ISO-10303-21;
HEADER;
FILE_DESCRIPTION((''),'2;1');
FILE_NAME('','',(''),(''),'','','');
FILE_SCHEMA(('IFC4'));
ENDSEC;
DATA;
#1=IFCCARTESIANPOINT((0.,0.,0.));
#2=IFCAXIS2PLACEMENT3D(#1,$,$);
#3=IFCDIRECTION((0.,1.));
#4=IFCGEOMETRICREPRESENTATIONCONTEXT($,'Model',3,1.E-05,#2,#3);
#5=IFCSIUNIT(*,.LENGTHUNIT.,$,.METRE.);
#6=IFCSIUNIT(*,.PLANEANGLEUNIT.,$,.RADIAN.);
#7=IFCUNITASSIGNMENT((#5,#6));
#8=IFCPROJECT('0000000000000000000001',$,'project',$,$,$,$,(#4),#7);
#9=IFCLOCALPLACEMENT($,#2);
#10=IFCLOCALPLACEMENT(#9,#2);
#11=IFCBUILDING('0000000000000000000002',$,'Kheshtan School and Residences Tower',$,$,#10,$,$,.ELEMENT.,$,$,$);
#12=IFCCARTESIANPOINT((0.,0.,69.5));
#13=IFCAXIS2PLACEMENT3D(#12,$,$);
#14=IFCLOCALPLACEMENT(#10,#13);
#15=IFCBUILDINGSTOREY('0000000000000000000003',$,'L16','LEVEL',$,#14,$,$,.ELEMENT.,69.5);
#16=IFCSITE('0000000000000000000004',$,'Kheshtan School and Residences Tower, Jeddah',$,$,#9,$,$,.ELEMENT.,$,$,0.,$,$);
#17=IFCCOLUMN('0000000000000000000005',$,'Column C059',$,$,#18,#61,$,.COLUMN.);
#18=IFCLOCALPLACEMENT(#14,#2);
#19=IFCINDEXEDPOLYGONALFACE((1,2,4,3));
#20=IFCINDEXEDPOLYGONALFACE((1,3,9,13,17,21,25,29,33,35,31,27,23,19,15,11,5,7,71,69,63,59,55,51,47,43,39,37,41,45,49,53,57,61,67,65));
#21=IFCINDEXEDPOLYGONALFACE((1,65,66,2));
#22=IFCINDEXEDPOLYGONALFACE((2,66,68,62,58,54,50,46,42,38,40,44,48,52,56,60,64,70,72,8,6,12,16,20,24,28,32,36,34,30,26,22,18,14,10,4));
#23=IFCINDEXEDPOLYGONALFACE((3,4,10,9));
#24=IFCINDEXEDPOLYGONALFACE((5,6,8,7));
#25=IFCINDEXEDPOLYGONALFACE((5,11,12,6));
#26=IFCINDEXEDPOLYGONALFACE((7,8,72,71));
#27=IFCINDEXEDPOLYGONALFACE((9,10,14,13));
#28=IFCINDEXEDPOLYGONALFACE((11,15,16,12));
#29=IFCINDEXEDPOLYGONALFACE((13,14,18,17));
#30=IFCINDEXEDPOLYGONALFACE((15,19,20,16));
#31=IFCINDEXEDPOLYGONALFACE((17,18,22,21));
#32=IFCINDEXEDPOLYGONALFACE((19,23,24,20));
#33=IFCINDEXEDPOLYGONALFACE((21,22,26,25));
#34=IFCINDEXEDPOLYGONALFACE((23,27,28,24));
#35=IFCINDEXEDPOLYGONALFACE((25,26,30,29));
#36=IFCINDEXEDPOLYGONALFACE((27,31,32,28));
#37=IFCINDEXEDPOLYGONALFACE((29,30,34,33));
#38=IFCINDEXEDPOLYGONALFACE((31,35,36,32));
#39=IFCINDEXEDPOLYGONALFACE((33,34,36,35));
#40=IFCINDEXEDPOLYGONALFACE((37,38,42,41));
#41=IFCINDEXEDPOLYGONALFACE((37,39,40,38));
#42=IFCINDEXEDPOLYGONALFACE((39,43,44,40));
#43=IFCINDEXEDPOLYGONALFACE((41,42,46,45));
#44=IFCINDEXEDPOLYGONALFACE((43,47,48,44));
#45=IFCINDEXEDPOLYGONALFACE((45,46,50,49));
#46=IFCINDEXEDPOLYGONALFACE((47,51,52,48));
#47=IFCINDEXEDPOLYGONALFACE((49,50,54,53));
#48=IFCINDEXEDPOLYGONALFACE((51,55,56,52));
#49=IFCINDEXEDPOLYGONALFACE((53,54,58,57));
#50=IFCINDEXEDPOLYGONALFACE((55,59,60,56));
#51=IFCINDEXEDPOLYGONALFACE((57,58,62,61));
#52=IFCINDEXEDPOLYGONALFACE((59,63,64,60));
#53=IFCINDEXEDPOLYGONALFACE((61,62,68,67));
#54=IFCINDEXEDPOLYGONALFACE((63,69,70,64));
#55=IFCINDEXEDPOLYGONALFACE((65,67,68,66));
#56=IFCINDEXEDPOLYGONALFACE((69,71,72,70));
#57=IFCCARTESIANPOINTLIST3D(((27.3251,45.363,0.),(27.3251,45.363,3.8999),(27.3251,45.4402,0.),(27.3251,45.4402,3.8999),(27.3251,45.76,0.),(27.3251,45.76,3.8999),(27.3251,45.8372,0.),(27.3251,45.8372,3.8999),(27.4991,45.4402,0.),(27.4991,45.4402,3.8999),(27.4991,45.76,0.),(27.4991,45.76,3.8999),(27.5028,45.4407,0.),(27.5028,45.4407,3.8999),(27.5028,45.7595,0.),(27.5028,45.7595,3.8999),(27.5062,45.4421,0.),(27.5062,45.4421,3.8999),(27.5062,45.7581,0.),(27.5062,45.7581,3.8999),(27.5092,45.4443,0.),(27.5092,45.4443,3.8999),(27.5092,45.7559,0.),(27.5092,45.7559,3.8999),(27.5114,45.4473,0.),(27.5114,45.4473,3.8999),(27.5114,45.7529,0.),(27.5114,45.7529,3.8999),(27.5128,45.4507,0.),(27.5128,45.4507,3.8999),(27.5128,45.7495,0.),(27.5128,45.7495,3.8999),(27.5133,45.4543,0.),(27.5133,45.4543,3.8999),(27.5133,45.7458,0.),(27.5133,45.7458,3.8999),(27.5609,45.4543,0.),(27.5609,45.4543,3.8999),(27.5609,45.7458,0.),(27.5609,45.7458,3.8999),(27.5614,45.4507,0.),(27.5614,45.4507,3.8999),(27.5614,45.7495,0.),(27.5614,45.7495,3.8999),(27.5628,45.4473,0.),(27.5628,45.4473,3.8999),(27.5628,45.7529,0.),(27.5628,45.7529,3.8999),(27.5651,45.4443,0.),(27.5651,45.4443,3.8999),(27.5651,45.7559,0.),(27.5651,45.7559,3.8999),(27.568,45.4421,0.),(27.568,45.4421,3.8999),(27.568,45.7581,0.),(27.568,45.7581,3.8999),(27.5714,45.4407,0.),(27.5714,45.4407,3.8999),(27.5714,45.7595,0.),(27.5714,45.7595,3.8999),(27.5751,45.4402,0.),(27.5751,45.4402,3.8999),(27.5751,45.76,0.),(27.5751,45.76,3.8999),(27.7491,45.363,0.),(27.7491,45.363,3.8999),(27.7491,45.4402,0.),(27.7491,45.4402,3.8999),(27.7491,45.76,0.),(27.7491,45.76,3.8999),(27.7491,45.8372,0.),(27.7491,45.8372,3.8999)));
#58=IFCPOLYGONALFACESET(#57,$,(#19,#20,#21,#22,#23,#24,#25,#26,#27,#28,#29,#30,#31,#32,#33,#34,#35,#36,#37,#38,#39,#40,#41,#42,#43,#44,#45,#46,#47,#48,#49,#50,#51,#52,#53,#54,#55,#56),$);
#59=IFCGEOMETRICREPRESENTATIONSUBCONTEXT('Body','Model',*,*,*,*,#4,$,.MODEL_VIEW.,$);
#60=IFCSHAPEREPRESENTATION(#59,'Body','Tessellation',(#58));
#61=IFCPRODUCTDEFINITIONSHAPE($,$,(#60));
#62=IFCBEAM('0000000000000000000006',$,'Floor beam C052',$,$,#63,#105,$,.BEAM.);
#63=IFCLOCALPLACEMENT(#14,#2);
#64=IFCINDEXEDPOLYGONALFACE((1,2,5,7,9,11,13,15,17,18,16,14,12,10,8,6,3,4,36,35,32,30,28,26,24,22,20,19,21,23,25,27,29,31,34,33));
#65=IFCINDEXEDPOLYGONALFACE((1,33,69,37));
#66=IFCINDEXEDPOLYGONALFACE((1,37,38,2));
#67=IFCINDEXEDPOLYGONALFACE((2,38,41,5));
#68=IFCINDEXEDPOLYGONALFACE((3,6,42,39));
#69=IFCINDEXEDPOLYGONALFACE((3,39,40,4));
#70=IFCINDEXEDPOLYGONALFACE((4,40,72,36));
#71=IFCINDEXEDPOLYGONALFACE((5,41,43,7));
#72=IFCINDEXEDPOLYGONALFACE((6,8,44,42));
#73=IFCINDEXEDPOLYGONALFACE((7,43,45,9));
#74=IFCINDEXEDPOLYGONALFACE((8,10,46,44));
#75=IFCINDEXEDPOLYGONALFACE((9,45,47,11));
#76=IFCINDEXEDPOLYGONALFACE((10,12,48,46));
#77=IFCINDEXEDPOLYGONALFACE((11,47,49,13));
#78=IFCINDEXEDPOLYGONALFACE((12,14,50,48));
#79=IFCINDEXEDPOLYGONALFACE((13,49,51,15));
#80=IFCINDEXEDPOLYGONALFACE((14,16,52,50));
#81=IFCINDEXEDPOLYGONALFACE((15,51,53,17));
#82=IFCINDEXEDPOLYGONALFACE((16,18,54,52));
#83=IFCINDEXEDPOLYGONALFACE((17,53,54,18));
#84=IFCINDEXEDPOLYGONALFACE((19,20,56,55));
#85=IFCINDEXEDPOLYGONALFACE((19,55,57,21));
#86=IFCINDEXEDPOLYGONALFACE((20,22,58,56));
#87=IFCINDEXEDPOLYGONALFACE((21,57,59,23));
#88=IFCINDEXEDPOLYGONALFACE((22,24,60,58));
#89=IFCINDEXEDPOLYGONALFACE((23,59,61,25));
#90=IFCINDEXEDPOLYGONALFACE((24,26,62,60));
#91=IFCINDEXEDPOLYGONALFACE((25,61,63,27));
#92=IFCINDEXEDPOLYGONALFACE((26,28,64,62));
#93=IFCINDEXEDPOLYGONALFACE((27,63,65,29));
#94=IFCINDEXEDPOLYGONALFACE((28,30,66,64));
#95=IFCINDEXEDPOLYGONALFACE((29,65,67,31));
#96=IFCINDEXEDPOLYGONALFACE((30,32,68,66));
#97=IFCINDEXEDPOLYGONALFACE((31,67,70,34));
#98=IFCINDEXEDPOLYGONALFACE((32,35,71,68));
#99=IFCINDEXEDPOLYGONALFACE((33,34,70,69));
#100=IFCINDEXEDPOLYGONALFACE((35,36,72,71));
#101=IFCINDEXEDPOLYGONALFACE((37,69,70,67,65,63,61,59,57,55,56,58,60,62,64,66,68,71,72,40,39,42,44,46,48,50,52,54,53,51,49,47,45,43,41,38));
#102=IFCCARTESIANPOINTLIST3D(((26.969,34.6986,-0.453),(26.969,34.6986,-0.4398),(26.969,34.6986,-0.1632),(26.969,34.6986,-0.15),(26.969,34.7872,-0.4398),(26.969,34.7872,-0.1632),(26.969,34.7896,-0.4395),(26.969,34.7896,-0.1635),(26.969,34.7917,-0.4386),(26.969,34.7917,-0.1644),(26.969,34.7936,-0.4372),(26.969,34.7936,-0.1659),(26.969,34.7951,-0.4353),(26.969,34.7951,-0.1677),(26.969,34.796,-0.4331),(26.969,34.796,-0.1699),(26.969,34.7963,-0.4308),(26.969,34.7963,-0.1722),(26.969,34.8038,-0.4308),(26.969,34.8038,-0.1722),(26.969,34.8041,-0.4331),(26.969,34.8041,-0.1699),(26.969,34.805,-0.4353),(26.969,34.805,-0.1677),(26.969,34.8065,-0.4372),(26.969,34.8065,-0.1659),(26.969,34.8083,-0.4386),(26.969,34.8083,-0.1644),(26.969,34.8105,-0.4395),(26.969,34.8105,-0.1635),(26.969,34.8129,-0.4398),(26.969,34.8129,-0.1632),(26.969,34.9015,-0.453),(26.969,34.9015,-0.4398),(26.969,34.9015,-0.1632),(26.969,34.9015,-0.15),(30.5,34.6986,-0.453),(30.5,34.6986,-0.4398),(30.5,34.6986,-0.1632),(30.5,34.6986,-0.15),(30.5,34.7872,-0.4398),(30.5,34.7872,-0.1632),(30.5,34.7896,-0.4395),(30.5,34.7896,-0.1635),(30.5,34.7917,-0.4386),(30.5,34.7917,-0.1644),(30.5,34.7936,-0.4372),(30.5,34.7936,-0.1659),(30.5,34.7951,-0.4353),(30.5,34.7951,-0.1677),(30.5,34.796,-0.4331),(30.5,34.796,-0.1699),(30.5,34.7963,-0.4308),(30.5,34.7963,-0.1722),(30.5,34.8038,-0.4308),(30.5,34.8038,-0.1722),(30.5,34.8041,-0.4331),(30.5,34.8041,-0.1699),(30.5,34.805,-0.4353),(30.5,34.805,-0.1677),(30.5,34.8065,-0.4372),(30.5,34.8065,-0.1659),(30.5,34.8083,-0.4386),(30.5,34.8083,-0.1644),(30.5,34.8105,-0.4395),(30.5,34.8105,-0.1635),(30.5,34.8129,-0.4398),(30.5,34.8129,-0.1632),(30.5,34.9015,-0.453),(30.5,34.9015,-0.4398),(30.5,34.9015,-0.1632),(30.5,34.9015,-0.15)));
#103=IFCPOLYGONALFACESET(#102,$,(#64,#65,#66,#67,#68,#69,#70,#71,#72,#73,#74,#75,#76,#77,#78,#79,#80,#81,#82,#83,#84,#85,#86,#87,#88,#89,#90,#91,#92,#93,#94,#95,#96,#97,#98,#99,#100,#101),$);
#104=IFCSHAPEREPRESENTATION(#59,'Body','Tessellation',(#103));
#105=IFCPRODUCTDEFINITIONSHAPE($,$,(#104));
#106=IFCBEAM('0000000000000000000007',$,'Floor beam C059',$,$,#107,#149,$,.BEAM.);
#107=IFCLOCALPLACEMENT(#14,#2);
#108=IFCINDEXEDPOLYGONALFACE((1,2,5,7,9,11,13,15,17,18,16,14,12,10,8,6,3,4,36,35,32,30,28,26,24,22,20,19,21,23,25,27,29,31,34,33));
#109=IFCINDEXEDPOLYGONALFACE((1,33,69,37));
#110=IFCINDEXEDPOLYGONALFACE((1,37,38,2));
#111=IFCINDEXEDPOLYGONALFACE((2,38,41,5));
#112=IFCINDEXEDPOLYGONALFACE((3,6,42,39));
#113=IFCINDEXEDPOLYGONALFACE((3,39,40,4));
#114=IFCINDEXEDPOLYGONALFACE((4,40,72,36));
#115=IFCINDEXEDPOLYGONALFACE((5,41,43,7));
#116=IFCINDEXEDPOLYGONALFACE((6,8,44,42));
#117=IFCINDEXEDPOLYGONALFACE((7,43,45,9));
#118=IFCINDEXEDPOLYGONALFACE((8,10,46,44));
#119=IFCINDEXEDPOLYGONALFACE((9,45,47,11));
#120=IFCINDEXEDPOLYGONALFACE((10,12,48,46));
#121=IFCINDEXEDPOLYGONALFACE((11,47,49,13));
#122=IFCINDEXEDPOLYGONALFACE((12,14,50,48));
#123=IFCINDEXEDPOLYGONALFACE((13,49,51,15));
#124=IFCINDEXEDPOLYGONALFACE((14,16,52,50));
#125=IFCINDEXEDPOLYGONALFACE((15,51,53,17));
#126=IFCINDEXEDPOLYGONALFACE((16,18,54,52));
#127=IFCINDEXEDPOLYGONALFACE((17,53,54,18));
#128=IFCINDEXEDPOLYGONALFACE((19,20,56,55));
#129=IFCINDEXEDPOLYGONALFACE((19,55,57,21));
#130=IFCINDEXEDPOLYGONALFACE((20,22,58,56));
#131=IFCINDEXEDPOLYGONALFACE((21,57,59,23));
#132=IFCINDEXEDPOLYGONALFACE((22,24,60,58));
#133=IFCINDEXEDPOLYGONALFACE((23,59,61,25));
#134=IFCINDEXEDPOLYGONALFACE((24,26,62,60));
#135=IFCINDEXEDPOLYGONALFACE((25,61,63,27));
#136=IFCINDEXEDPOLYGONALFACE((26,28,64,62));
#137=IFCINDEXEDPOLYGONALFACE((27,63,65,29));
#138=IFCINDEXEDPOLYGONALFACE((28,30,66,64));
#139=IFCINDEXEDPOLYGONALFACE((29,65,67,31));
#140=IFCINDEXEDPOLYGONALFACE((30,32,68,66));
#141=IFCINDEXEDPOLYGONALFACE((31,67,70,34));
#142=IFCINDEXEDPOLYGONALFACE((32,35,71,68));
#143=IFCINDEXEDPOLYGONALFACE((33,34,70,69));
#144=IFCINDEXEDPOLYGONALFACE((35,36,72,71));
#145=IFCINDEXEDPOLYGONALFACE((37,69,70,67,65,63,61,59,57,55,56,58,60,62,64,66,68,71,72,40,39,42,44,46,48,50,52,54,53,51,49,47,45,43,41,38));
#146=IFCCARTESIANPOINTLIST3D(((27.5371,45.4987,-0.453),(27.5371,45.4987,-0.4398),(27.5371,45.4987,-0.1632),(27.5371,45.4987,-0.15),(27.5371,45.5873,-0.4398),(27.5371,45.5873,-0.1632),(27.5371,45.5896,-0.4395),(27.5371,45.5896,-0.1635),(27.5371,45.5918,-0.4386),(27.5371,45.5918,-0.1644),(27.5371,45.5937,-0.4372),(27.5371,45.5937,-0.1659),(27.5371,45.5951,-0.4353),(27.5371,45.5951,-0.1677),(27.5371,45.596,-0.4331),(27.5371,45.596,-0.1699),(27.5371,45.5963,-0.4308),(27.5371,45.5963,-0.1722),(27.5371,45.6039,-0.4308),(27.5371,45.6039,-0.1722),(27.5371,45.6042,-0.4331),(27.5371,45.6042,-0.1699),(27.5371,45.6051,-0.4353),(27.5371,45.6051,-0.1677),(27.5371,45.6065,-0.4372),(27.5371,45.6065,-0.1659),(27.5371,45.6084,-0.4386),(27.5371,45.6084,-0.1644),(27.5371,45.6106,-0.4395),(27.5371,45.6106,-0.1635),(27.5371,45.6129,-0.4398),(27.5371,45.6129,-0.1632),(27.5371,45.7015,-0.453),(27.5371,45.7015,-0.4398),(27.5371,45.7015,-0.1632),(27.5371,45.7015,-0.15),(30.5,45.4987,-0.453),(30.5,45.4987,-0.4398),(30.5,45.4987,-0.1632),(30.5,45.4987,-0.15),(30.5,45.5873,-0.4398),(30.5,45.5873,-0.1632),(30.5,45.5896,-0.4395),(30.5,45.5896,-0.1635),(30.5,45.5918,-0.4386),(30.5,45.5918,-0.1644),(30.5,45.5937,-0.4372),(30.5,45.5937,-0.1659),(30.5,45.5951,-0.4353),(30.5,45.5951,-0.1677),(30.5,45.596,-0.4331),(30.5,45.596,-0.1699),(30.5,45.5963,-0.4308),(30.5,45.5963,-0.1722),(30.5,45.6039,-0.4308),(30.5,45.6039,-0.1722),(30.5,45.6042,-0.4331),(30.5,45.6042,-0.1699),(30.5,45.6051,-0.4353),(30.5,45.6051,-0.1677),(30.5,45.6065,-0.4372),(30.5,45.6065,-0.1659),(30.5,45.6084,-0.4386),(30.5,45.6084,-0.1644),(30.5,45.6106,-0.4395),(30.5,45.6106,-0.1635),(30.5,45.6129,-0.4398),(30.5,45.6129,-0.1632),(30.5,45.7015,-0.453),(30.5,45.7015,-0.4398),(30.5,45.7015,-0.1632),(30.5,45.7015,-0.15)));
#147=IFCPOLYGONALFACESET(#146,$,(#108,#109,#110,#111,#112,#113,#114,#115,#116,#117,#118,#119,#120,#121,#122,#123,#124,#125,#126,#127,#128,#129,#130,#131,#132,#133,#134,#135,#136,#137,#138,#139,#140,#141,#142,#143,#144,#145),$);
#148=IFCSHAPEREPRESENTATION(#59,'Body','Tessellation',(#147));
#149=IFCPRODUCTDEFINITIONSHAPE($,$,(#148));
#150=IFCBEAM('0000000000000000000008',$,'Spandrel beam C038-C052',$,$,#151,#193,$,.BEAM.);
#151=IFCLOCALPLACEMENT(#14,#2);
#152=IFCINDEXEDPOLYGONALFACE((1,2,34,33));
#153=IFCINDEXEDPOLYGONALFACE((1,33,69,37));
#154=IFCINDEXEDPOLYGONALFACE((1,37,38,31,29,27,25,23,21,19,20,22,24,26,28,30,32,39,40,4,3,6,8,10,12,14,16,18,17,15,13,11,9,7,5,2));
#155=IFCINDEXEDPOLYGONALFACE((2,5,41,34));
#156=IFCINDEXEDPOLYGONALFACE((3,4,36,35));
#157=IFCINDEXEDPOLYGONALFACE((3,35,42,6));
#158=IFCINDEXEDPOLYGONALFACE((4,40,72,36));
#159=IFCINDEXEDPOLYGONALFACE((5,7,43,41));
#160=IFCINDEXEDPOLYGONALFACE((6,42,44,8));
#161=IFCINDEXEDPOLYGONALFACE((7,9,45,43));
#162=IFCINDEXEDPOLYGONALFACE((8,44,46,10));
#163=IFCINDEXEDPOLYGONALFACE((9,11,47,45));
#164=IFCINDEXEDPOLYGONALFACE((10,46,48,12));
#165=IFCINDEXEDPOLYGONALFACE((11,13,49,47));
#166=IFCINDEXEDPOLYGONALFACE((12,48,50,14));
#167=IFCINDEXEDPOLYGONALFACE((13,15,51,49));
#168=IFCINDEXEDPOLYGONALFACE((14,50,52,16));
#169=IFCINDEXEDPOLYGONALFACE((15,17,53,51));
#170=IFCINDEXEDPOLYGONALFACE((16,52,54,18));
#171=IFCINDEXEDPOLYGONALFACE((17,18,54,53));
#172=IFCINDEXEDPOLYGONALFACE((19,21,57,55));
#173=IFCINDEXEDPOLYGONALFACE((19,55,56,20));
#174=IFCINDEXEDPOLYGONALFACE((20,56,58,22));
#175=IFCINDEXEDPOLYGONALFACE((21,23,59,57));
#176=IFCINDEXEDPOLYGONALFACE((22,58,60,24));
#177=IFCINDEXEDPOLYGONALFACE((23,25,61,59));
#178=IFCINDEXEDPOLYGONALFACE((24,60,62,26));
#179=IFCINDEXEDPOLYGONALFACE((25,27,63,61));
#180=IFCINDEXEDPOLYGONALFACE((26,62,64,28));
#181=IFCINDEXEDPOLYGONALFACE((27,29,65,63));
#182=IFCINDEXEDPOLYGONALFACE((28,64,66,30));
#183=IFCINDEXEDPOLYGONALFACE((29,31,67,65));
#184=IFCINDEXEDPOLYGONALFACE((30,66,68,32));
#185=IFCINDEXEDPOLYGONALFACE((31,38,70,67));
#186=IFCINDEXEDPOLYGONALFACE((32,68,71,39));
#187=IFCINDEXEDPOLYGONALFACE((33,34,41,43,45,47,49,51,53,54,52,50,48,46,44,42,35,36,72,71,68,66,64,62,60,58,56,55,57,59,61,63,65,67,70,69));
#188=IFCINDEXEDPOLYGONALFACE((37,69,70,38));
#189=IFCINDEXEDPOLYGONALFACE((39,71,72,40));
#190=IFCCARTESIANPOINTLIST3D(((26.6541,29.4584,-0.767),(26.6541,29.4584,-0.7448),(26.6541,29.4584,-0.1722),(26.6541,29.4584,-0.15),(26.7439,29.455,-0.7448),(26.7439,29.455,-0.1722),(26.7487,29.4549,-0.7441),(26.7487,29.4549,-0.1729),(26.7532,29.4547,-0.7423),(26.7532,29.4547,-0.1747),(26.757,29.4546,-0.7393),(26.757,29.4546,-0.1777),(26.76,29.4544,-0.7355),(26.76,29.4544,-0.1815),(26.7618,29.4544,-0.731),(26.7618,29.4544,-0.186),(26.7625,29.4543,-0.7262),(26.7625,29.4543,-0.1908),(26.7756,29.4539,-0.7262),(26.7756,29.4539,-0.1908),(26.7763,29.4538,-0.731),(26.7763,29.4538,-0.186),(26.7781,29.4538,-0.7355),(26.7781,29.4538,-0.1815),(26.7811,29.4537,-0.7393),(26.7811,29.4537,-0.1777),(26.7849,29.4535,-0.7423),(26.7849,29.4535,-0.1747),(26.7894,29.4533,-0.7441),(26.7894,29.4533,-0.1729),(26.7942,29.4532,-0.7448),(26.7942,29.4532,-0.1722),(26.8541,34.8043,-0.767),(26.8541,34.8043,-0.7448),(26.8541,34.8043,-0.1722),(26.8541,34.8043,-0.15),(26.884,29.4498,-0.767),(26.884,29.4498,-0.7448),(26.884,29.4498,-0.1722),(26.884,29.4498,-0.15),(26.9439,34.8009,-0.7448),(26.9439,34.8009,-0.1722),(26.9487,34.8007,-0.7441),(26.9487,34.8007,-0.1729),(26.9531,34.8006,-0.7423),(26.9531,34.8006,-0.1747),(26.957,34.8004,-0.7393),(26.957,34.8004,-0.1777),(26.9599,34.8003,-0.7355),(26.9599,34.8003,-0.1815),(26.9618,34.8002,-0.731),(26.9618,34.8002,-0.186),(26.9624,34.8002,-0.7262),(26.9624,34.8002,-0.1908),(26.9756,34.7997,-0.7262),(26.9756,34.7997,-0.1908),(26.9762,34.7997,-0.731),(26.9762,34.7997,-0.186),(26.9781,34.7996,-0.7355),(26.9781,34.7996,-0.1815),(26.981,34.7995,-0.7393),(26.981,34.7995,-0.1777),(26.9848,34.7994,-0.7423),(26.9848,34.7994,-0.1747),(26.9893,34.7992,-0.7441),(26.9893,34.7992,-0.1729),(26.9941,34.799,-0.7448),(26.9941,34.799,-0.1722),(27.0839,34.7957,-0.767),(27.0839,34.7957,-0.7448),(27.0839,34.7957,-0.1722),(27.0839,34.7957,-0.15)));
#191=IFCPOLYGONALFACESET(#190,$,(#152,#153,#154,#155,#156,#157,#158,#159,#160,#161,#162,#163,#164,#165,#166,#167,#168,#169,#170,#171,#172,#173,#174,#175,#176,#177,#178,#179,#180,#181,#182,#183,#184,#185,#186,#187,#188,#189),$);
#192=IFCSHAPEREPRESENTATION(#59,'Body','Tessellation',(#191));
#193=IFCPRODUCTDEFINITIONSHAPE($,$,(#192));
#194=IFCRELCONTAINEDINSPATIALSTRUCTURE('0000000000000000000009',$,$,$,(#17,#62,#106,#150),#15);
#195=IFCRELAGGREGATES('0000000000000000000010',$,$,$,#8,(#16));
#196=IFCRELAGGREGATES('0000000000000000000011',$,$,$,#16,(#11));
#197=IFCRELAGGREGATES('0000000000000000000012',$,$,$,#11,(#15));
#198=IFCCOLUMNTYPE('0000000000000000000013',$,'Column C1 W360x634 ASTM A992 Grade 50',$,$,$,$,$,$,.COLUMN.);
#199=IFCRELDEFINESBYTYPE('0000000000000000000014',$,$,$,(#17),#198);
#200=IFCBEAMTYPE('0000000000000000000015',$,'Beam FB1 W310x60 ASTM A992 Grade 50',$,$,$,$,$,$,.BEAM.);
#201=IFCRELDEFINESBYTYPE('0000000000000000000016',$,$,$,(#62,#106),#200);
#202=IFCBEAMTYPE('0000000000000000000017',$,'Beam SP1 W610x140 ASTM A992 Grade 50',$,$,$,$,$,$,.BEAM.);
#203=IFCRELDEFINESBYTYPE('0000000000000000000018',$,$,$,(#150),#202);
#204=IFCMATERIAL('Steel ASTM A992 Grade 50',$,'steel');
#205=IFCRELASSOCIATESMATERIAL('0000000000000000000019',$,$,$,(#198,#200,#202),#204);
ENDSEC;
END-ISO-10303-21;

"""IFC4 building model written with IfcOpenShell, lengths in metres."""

from ifc_helpers import new_model, si_unit, direction, frame, origin, origin_2d, place, context, subcontext, project, spatial, i_section, extrude, material, material_profile, profile_set, type_object, element, save


model = new_model("IFC4")

# Units and contexts
model_context = context("Model", 3, precision=1e-05, world=origin(), true_north=direction((0.0, 1.0)))
body_context = subcontext(model_context, "Body", "Model", "MODEL_VIEW")
ifc_project = project(units=[si_unit("LENGTHUNIT", "METRE"), si_unit("PLANEANGLEUNIT", "RADIAN")], contexts=[model_context])

# Site, building, storey
site_placement = place(None, origin())
site = spatial("IfcSite", under=ifc_project, at=site_placement, Name="Kheshtan School and Residences Tower, Jeddah", CompositionType="ELEMENT", RefElevation=0.0)
building_placement = place(site_placement, origin())
building = spatial("IfcBuilding", under=site, at=building_placement, Name="Kheshtan School and Residences Tower", CompositionType="ELEMENT")
storey_placement = place(building_placement, frame((0.0, 0.0, 69.5)))
storey = spatial("IfcBuildingStorey", under=building, at=storey_placement, Name="L16", Description="LEVEL", CompositionType="ELEMENT", Elevation=69.5)

# Column
ifc_material_1 = material(Name="Steel ASTM A992 Grade 50", Category="steel")
ifc_material_profile_1 = material_profile(ifc_material_1, i_section(OverallWidth=0.4241, OverallDepth=0.4741, WebThickness=0.0476, FlangeThickness=0.0771, FilletRadius=0.0142, at=origin_2d()), Name="W360x634")
ifc_profile_set_1 = profile_set([ifc_material_profile_1], Name="Steel ASTM A992 Grade 50")
column_type = type_object("IfcColumnType", Name="Column C1 W360x634 ASTM A992 Grade 50", PredefinedType="COLUMN", material=ifc_profile_set_1)
for number, where, z_axis, x_axis, name in (
    (1, (27.5371, 45.6001, 0.0), (0.0, 0.0, 1.0), (1.0, 0.0, 0.0), "Column C059"),
):
    element("IfcColumn", number, at=place(storey_placement, frame(where, z_axis=z_axis, x_axis=x_axis)), inside=storey, type_object=column_type, Name=name, PredefinedType="COLUMN", context=body_context, shape_type="SweptSolid", body=[
        extrude(i_section(OverallWidth=0.4241, OverallDepth=0.4741, WebThickness=0.0476, FlangeThickness=0.0771, FilletRadius=0.0142, at=origin_2d()), origin(), (0.0, 0.0, 1.0), 3.8999),
    ])

# Beams
ifc_material_profile_2 = material_profile(ifc_material_1, i_section(OverallWidth=0.2029, OverallDepth=0.303, WebThickness=0.0076, FlangeThickness=0.0132, FilletRadius=0.009, at=origin_2d()), Name="W310x60")
ifc_profile_set_2 = profile_set([ifc_material_profile_2], Name="Steel ASTM A992 Grade 50")
beam_type_1 = type_object("IfcBeamType", Name="Beam FB1 W310x60 ASTM A992 Grade 50", PredefinedType="BEAM", material=ifc_profile_set_2)
beam_1_placement = place(storey_placement, frame((26.969, 34.8, -0.3015), z_axis=(1.0, 0.0, 0.0), x_axis=(0.0, 1.0, 0.0)))
element("IfcBeam", 2, at=beam_1_placement, inside=storey, type_object=beam_type_1, Name="Floor beam C052", PredefinedType="BEAM", context=body_context, shape_type="SweptSolid", body=[
    extrude(i_section(OverallWidth=0.2029, OverallDepth=0.303, WebThickness=0.0076, FlangeThickness=0.0132, FilletRadius=0.009, at=origin_2d()), origin(), (0.0, 0.0, 1.0), 3.531),
])
beam_2_placement = place(storey_placement, frame((27.5371, 45.6001, -0.3015), z_axis=(1.0, 0.0, 0.0), x_axis=(0.0, 1.0, 0.0)))
element("IfcBeam", 3, at=beam_2_placement, inside=storey, type_object=beam_type_1, Name="Floor beam C059", PredefinedType="BEAM", context=body_context, shape_type="SweptSolid", body=[
    extrude(i_section(OverallWidth=0.2029, OverallDepth=0.303, WebThickness=0.0076, FlangeThickness=0.0132, FilletRadius=0.009, at=origin_2d()), origin(), (0.0, 0.0, 1.0), 2.9629),
])
ifc_material_profile_3 = material_profile(ifc_material_1, i_section(OverallWidth=0.23, OverallDepth=0.6169, WebThickness=0.0132, FlangeThickness=0.0222, FilletRadius=0.0186, at=origin_2d()), Name="W610x140")
ifc_profile_set_3 = profile_set([ifc_material_profile_3], Name="Steel ASTM A992 Grade 50")
beam_type_2 = type_object("IfcBeamType", Name="Beam SP1 W610x140 ASTM A992 Grade 50", PredefinedType="BEAM", material=ifc_profile_set_3)
beam_3_placement = place(storey_placement, frame((26.769, 29.4541, -0.4585), z_axis=(0.037376, 0.999301, 0.0), x_axis=(-0.999301, 0.037376, 0.0)))
element("IfcBeam", 4, at=beam_3_placement, inside=storey, type_object=beam_type_2, Name="Spandrel beam C038-C052", PredefinedType="BEAM", context=body_context, shape_type="SweptSolid", body=[
    extrude(i_section(OverallWidth=0.23, OverallDepth=0.6169, WebThickness=0.0132, FlangeThickness=0.0222, FilletRadius=0.0186, at=origin_2d()), origin(), (0.0, 0.0, 1.0), 5.3496),
])

save(model, "model.ifc")
